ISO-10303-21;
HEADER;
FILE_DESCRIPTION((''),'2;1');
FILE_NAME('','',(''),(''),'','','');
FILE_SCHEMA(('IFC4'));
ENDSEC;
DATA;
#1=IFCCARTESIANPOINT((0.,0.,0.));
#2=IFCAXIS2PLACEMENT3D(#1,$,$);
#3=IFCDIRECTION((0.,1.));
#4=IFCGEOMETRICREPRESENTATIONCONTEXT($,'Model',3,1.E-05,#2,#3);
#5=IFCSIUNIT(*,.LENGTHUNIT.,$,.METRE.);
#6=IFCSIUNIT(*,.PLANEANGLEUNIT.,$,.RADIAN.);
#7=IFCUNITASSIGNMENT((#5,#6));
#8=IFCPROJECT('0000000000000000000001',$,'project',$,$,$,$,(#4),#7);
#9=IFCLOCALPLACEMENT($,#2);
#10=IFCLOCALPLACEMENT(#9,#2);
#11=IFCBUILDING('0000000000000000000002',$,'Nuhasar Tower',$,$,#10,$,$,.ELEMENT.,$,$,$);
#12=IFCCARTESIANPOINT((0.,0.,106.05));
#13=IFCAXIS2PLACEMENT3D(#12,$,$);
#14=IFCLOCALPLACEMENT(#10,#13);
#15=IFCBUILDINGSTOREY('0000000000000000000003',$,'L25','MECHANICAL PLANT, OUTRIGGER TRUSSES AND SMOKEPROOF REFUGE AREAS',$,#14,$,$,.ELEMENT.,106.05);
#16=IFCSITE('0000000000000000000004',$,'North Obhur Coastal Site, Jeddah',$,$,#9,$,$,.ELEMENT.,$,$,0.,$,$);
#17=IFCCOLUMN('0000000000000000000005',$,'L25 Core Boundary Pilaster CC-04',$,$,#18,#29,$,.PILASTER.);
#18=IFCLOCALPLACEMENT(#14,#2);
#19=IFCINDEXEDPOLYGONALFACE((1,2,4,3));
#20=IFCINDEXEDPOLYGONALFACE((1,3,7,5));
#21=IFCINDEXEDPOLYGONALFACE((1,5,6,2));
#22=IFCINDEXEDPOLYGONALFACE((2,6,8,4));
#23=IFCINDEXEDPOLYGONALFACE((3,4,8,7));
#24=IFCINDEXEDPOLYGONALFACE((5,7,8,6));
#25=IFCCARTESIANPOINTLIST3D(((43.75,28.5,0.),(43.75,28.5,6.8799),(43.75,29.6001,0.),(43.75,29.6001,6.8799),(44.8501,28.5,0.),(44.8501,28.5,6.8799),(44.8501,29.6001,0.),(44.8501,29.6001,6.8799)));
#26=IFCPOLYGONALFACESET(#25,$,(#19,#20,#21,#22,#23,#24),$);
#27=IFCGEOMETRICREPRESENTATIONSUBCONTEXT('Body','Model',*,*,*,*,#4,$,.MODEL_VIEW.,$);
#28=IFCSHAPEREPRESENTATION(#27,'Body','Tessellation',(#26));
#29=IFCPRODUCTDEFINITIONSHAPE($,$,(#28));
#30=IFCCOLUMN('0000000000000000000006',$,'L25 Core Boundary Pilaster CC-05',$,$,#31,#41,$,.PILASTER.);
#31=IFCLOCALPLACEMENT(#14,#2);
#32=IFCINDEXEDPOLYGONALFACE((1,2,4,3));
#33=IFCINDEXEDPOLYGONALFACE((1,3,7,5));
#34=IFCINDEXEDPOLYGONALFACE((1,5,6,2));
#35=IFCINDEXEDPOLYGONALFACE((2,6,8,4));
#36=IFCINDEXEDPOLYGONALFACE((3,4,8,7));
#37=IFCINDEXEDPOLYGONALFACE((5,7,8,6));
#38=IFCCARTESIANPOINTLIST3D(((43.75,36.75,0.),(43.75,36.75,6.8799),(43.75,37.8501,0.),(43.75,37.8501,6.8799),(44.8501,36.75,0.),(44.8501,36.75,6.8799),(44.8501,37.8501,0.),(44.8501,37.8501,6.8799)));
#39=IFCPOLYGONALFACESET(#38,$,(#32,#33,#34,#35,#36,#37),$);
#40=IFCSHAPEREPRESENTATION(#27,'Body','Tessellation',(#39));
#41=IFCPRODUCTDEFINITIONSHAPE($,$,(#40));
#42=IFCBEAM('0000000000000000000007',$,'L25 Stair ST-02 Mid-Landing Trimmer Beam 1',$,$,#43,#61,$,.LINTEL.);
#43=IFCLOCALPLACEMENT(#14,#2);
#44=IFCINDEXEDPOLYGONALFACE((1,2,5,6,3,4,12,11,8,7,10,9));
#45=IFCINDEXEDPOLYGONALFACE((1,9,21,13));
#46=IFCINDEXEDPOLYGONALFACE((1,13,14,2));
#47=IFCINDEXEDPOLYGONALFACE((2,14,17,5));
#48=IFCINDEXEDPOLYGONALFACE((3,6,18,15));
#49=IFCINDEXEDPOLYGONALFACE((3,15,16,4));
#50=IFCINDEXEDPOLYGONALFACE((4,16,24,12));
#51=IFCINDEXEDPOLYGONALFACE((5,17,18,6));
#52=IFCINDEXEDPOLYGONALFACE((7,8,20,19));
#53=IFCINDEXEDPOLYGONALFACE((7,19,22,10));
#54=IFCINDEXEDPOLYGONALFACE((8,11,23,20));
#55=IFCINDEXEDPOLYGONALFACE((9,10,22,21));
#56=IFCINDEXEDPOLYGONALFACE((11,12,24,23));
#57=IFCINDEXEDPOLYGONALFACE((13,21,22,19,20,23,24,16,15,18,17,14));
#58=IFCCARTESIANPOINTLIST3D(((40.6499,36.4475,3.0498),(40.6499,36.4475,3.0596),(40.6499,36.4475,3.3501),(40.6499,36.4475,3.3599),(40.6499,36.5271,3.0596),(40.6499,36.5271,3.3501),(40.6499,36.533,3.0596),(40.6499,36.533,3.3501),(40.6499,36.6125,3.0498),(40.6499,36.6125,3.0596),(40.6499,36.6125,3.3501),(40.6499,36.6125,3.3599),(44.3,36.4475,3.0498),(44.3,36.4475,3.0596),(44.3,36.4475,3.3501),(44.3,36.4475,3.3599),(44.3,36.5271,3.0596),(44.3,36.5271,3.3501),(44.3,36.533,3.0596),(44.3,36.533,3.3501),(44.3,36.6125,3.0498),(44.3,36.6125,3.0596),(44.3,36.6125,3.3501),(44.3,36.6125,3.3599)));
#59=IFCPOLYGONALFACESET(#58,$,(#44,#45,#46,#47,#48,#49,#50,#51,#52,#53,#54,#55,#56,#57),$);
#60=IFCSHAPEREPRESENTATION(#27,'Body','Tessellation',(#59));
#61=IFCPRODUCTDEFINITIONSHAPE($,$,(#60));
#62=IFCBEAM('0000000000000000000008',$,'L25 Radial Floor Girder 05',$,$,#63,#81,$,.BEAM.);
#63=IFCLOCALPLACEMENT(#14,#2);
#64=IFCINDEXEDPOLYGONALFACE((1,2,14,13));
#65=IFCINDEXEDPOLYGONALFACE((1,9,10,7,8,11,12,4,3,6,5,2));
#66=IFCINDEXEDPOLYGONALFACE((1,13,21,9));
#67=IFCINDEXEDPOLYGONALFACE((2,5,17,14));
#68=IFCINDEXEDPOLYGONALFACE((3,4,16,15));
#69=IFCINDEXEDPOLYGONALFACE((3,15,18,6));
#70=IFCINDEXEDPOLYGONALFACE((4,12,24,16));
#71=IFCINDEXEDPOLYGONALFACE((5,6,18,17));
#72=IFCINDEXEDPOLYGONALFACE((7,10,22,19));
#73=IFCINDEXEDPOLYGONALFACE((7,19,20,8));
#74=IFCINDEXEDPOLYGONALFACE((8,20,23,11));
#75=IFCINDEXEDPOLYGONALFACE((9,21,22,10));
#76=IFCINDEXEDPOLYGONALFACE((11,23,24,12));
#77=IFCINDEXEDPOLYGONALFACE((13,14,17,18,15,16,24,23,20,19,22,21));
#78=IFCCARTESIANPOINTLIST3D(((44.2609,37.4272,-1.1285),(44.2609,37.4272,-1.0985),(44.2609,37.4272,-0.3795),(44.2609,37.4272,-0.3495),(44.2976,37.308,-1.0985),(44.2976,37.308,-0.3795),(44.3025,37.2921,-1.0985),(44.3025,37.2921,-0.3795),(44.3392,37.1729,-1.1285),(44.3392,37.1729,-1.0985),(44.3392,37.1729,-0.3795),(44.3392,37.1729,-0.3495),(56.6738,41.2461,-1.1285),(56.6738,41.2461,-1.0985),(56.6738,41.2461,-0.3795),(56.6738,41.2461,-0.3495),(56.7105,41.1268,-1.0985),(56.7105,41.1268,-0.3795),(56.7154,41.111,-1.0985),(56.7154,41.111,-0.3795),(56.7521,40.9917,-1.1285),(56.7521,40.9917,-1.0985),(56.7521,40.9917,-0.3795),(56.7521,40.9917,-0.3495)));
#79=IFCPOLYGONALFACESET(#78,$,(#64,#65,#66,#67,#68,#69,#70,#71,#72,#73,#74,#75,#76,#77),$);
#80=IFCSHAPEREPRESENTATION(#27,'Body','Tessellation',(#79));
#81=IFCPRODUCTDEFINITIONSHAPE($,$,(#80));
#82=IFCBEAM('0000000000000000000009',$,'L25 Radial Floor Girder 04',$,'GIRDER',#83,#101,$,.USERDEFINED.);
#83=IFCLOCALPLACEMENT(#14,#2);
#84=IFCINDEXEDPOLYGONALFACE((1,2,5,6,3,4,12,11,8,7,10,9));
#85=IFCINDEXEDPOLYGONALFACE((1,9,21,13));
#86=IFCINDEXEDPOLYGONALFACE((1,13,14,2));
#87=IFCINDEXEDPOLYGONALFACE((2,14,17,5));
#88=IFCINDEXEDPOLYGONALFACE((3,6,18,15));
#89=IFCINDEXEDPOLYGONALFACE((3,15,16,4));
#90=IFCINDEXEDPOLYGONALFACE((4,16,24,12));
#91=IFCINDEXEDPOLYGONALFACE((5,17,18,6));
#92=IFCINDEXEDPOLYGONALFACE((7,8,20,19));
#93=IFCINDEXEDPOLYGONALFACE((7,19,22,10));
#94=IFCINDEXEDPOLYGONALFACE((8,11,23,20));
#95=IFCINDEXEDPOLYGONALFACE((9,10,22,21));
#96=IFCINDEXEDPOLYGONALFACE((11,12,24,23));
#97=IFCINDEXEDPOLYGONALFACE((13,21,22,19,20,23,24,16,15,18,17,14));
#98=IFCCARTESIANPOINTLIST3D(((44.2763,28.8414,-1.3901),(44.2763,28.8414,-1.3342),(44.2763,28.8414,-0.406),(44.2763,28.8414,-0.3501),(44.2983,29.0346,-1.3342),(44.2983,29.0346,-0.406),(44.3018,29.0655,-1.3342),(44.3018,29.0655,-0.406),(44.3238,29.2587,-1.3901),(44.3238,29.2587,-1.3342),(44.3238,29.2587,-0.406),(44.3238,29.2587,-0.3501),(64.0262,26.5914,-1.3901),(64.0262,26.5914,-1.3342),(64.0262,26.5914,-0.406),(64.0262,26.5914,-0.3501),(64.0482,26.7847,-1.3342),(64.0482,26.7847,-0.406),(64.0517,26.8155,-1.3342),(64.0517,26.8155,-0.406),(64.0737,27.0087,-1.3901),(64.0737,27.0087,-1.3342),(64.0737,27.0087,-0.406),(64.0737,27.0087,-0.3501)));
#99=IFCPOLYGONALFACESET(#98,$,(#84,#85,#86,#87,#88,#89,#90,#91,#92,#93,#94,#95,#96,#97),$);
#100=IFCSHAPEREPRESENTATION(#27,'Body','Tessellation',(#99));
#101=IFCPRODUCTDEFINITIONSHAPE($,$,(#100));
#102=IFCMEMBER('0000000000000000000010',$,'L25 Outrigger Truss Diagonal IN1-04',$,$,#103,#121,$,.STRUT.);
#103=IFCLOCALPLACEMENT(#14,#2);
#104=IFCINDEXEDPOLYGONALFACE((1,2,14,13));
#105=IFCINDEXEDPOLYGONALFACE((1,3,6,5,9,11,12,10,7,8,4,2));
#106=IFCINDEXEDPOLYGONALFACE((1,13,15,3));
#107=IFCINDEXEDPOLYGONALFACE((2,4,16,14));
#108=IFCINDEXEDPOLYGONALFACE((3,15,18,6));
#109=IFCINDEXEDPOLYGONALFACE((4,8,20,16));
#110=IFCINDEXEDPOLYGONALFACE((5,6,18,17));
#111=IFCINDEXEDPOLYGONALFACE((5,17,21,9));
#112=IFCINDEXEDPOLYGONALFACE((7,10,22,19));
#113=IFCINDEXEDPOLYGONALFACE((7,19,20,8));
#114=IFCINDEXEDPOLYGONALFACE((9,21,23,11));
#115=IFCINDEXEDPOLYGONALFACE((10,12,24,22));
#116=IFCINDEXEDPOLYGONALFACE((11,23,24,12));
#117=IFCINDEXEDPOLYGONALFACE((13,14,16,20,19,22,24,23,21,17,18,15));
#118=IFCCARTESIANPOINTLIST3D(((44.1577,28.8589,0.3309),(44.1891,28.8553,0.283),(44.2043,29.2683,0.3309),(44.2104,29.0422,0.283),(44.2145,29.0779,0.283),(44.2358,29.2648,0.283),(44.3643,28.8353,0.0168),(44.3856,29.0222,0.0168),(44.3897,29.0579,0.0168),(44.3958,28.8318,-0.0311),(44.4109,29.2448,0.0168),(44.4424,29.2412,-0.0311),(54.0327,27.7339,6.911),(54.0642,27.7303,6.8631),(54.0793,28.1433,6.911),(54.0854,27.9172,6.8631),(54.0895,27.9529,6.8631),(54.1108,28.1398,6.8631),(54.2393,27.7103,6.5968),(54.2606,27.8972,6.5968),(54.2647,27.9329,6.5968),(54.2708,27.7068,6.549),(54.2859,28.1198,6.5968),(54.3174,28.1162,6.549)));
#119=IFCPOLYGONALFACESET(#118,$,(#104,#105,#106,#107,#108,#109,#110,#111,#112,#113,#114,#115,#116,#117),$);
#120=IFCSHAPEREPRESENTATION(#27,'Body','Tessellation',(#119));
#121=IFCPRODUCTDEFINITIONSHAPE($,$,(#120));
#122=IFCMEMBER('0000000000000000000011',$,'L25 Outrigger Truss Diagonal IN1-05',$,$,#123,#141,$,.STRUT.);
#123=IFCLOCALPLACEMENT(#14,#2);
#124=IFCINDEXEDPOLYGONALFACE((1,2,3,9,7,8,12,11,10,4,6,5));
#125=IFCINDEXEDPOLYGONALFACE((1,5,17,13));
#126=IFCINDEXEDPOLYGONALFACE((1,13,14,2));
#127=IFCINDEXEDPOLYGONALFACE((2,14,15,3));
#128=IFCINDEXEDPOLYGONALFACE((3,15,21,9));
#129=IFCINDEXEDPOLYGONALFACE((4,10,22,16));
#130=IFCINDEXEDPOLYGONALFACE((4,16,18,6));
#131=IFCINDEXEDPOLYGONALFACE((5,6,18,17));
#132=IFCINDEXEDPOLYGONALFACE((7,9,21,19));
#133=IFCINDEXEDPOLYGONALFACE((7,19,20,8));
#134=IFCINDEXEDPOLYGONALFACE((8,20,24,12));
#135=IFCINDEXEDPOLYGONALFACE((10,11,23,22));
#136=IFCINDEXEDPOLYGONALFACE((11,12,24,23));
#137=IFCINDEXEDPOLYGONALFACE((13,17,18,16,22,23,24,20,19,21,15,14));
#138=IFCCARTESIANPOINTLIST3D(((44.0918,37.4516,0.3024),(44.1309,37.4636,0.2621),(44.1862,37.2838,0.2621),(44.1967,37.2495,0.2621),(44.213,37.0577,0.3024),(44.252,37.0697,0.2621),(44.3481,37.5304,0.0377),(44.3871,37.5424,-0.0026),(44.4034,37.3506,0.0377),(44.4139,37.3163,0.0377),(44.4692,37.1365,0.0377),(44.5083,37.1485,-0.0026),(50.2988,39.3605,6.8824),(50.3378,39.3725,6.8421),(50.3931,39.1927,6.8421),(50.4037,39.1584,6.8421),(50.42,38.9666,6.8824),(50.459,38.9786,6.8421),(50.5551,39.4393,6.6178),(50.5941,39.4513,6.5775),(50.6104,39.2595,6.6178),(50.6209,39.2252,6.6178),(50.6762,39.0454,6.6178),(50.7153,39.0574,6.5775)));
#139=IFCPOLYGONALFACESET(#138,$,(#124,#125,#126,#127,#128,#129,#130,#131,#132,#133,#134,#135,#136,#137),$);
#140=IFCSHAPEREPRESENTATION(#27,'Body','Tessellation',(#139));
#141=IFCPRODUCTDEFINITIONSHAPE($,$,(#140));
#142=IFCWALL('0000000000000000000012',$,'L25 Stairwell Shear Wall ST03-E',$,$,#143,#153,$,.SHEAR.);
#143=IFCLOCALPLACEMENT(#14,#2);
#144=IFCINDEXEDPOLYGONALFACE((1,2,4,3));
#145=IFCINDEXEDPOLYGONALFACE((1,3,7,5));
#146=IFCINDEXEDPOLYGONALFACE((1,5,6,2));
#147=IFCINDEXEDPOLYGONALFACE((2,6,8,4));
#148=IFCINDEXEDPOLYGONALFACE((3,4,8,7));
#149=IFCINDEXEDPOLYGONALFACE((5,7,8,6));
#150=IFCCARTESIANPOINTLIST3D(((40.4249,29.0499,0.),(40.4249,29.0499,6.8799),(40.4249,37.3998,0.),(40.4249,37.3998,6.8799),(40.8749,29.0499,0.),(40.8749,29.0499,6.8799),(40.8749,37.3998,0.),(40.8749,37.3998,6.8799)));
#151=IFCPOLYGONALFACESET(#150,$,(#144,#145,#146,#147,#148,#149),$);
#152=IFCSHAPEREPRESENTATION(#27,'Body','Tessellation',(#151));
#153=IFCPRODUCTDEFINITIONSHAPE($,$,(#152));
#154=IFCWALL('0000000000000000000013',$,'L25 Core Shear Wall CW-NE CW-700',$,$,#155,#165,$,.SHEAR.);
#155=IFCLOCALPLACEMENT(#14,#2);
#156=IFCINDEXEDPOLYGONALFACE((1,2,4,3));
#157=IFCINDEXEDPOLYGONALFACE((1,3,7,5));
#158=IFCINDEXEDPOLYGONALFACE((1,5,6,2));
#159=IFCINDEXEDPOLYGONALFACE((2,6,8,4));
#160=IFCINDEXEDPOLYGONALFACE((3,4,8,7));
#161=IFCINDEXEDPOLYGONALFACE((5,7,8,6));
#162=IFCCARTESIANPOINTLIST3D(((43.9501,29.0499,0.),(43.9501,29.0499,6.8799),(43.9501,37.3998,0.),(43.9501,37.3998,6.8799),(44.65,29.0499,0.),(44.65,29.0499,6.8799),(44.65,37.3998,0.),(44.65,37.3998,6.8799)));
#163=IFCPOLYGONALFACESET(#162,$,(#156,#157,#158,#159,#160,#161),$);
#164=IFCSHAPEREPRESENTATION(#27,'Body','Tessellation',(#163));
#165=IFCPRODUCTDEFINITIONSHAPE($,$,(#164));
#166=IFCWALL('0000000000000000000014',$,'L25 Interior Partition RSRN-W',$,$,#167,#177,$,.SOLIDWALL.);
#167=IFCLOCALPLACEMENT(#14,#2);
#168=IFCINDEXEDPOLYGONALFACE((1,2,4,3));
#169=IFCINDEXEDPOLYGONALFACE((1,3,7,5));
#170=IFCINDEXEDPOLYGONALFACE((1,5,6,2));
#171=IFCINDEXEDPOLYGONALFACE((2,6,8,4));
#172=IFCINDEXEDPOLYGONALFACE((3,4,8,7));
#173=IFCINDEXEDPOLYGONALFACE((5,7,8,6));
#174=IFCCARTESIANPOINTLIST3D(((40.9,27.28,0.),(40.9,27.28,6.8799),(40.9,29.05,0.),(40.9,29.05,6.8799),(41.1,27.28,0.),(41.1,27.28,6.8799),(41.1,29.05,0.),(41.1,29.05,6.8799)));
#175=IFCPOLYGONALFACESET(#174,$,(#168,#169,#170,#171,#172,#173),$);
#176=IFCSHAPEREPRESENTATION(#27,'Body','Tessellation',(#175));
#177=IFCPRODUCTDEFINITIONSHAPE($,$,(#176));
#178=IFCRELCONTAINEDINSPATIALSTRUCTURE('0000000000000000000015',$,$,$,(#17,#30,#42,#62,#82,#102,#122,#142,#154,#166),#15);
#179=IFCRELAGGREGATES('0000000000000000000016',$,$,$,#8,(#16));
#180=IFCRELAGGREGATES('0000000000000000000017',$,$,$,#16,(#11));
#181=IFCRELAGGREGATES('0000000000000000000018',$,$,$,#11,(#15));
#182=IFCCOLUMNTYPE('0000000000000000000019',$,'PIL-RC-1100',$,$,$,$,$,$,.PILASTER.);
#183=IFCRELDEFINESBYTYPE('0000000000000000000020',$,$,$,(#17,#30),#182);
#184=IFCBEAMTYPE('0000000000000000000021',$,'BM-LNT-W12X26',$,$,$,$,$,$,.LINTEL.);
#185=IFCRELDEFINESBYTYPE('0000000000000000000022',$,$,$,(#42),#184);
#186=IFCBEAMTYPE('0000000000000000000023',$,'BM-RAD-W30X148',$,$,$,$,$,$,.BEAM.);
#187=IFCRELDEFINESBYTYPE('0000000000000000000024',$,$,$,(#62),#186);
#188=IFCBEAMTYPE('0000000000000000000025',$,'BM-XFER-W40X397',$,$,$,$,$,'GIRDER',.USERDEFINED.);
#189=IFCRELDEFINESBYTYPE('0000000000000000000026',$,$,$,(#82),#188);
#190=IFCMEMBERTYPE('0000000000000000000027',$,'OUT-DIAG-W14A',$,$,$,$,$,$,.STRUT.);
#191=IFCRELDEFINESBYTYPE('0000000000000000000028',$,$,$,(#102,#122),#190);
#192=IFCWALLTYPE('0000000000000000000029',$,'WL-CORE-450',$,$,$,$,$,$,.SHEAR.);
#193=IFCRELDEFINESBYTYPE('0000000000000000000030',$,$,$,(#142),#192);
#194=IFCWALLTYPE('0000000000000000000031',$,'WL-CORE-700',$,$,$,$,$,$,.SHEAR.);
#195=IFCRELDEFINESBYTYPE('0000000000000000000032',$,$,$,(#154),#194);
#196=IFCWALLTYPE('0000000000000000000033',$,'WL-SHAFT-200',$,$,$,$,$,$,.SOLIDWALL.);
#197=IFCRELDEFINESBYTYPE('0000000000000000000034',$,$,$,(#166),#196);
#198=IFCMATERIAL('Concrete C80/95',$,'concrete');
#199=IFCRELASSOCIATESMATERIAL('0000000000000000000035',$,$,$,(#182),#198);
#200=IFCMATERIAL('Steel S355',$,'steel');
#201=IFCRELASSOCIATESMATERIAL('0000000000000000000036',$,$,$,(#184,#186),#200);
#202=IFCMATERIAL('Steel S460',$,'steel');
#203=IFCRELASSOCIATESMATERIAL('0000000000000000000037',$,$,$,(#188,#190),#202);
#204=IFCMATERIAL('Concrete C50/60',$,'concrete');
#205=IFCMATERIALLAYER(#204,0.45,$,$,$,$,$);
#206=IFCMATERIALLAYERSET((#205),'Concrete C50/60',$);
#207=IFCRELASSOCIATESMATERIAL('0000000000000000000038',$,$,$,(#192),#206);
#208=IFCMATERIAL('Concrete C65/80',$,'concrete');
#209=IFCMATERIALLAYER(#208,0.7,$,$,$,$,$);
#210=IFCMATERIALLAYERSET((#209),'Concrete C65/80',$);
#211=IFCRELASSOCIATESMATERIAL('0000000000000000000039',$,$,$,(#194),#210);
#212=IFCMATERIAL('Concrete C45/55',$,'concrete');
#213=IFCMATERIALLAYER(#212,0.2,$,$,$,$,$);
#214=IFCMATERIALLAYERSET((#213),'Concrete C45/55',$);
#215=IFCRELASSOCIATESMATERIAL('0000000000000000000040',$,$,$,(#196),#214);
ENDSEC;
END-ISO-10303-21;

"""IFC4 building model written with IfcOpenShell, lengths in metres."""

from ifc_helpers import new_model, si_unit, direction, frame, frame_2d, origin, origin_2d, place, context, subcontext, project, spatial, rectangle, i_section, extrude, material, layer, layer_set, material_profile, profile_set, type_object, element, save


model = new_model("IFC4")

# Units and contexts
model_context = context("Model", 3, precision=1e-05, world=origin(), true_north=direction((0.0, 1.0)))
body_context = subcontext(model_context, "Body", "Model", "MODEL_VIEW")
ifc_project = project(units=[si_unit("LENGTHUNIT", "METRE"), si_unit("PLANEANGLEUNIT", "RADIAN")], contexts=[model_context])

# Site, building, storey
site_placement = place(None, origin())
site = spatial("IfcSite", under=ifc_project, at=site_placement, Name="North Obhur Coastal Site, Jeddah", CompositionType="ELEMENT", RefElevation=0.0)
building_placement = place(site_placement, origin())
building = spatial("IfcBuilding", under=site, at=building_placement, Name="Nuhasar Tower", CompositionType="ELEMENT")
storey_placement = place(building_placement, frame((0.0, 0.0, 106.05)))
storey = spatial("IfcBuildingStorey", under=building, at=storey_placement, Name="L25", Description="MECHANICAL PLANT, OUTRIGGER TRUSSES AND SMOKEPROOF REFUGE AREAS", CompositionType="ELEMENT", Elevation=106.05)

# Columns
ifc_material_1 = material(Name="Concrete C80/95", Category="concrete")
ifc_material_profile_1 = material_profile(ifc_material_1, rectangle(XDim=1.1001, YDim=1.1001, at=origin_2d()), Name="RC1100X1100")
ifc_profile_set_1 = profile_set([ifc_material_profile_1], Name="Concrete C80/95")
column_type = type_object("IfcColumnType", Name="PIL-RC-1100", PredefinedType="PILASTER", material=ifc_profile_set_1)
for number, where, z_axis, x_axis, name in (
    (1, (44.3, 29.05, 0.0), (0.0, 0.0, 1.0), (1.0, 0.0, 0.0), "L25 Core Boundary Pilaster CC-04"),
    (2, (44.3, 37.3, 0.0), (0.0, 0.0, 1.0), (1.0, 0.0, 0.0), "L25 Core Boundary Pilaster CC-05"),
):
    element("IfcColumn", number, at=place(storey_placement, frame(where, z_axis=z_axis, x_axis=x_axis)), inside=storey, type_object=column_type, Name=name, PredefinedType="PILASTER", context=body_context, shape_type="SweptSolid", body=[
        extrude(rectangle(XDim=1.1001, YDim=1.1001, at=origin_2d()), origin(), (0.0, 0.0, 1.0), 6.8799),
    ])

# Beams
ifc_material_2 = material(Name="Steel S355", Category="steel")
ifc_material_profile_2 = material_profile(ifc_material_2, i_section(OverallWidth=0.165, OverallDepth=0.3101, WebThickness=0.0059, FlangeThickness=0.0098, at=origin_2d()), Name="W12X26")
ifc_profile_set_2 = profile_set([ifc_material_profile_2], Name="Steel S355")
beam_type_1 = type_object("IfcBeamType", Name="BM-LNT-W12X26", PredefinedType="LINTEL", material=ifc_profile_set_2)
beam_1_placement = place(storey_placement, frame((40.6499, 36.53, 3.2048), z_axis=(1.0, 0.0, 0.0), x_axis=(0.0, 1.0, 0.0)))
element("IfcBeam", 3, at=beam_1_placement, inside=storey, type_object=beam_type_1, Name="L25 Stair ST-02 Mid-Landing Trimmer Beam 1", PredefinedType="LINTEL", context=body_context, shape_type="SweptSolid", body=[
    extrude(i_section(OverallWidth=0.165, OverallDepth=0.3101, WebThickness=0.0059, FlangeThickness=0.0098, at=origin_2d()), origin(), (0.0, 0.0, 1.0), 3.6501),
])
ifc_material_profile_3 = material_profile(ifc_material_2, i_section(OverallWidth=0.2661, OverallDepth=0.7791, WebThickness=0.0166, FlangeThickness=0.03, at=origin_2d()), Name="W30X148")
ifc_profile_set_3 = profile_set([ifc_material_profile_3], Name="Steel S355")
beam_type_2 = type_object("IfcBeamType", Name="BM-RAD-W30X148", PredefinedType="BEAM", material=ifc_profile_set_3)
beam_2_placement = place(storey_placement, frame((44.3, 37.3, -0.739), z_axis=(0.95579, 0.294052, 0.0), x_axis=(-0.294052, 0.95579, 0.0)))
element("IfcBeam", 4, at=beam_2_placement, inside=storey, type_object=beam_type_2, Name="L25 Radial Floor Girder 05", PredefinedType="BEAM", context=body_context, shape_type="SweptSolid", body=[
    extrude(i_section(OverallWidth=0.2661, OverallDepth=0.7791, WebThickness=0.0166, FlangeThickness=0.03, at=origin_2d()), origin(), (0.0, 0.0, 1.0), 12.9871),
])
ifc_material_3 = material(Name="Steel S460", Category="steel")
ifc_material_profile_4 = material_profile(ifc_material_3, i_section(OverallWidth=0.4199, OverallDepth=1.04, WebThickness=0.031, FlangeThickness=0.0559, at=origin_2d()), Name="W40X397")
ifc_profile_set_4 = profile_set([ifc_material_profile_4], Name="Steel S460")
beam_type_3 = type_object("IfcBeamType", Name="BM-XFER-W40X397", ElementType="GIRDER", PredefinedType="USERDEFINED", material=ifc_profile_set_4)
beam_3_placement = place(storey_placement, frame((44.3, 29.05, -0.8701), z_axis=(0.993573, -0.113192, 0.0), x_axis=(0.113192, 0.993573, 0.0)))
element("IfcBeam", 5, at=beam_3_placement, inside=storey, type_object=beam_type_3, Name="L25 Radial Floor Girder 04", ObjectType="GIRDER", PredefinedType="USERDEFINED", context=body_context, shape_type="SweptSolid", body=[
    extrude(i_section(OverallWidth=0.4199, OverallDepth=1.04, WebThickness=0.031, FlangeThickness=0.0559, at=origin_2d()), origin(), (0.0, 0.0, 1.0), 19.8777),
])

# Members
ifc_material_profile_5 = material_profile(ifc_material_3, i_section(OverallWidth=0.4121, OverallDepth=0.4341, WebThickness=0.0359, FlangeThickness=0.0574, at=origin_2d()), Name="W14X311")
ifc_profile_set_5 = profile_set([ifc_material_profile_5], Name="Steel S460")
member_type = type_object("IfcMemberType", Name="OUT-DIAG-W14A", PredefinedType="STRUT", material=ifc_profile_set_5)
member_1_placement = place(storey_placement, frame((44.3, 29.05, 0.1499), z_axis=(0.828462, -0.094382, 0.552035), x_axis=(0.113192, 0.993573, 0.0)))
element("IfcMember", 6, at=member_1_placement, inside=storey, type_object=member_type, Name="L25 Outrigger Truss Diagonal IN1-04", PredefinedType="STRUT", context=body_context, shape_type="SweptSolid", body=[
    extrude(i_section(OverallWidth=0.4121, OverallDepth=0.4341, WebThickness=0.0359, FlangeThickness=0.0574, at=origin_2d()), origin(), (0.0, 0.0, 1.0), 11.9197),
])
member_2_placement = place(storey_placement, frame((44.3, 37.3, 0.1499), z_axis=(0.671399, 0.206485, 0.71175), x_axis=(-0.293956, 0.955819, 0.0)))
element("IfcMember", 7, at=member_2_placement, inside=storey, type_object=member_type, Name="L25 Outrigger Truss Diagonal IN1-05", PredefinedType="STRUT", context=body_context, shape_type="SweptSolid", body=[
    extrude(i_section(OverallWidth=0.4121, OverallDepth=0.4341, WebThickness=0.0359, FlangeThickness=0.0574, at=origin_2d()), origin(), (0.0, 0.0, 1.0), 9.2449),
])

# Shared definitions
ifc_material_4 = material(Name="Concrete C50/60", Category="concrete")
ifc_layer_1 = layer(ifc_material_4, 0.45)
ifc_layer_set_1 = layer_set([ifc_layer_1], Name="Concrete C50/60")
wall_type_1 = type_object("IfcWallType", Name="WL-CORE-450", PredefinedType="SHEAR", material=ifc_layer_set_1)

# Walls
wall_1_placement = place(storey_placement, frame((40.6499, 29.05, 0.0), z_axis=(0.0, 0.0, 1.0), x_axis=(0.0, 1.0, 0.0)))
element("IfcWall", 8, at=wall_1_placement, inside=storey, type_object=wall_type_1, Name="L25 Stairwell Shear Wall ST03-E", PredefinedType="SHEAR", context=body_context, shape_type="SweptSolid", body=[
    extrude(rectangle(XDim=8.3499, YDim=0.45, at=frame_2d((4.1748, 0.0))), origin(), (0.0, 0.0, 1.0), 6.8799),
])
ifc_material_5 = material(Name="Concrete C65/80", Category="concrete")
ifc_layer_2 = layer(ifc_material_5, 0.7)
ifc_layer_set_2 = layer_set([ifc_layer_2], Name="Concrete C65/80")
wall_type_2 = type_object("IfcWallType", Name="WL-CORE-700", PredefinedType="SHEAR", material=ifc_layer_set_2)
wall_2_placement = place(storey_placement, frame((44.3, 29.05, 0.0), z_axis=(0.0, 0.0, 1.0), x_axis=(0.0, 1.0, 0.0)))
element("IfcWall", 9, at=wall_2_placement, inside=storey, type_object=wall_type_2, Name="L25 Core Shear Wall CW-NE CW-700", PredefinedType="SHEAR", context=body_context, shape_type="SweptSolid", body=[
    extrude(rectangle(XDim=8.3499, YDim=0.7, at=frame_2d((4.1748, 0.0))), origin(), (0.0, 0.0, 1.0), 6.8799),
])
ifc_material_6 = material(Name="Concrete C45/55", Category="concrete")
ifc_layer_3 = layer(ifc_material_6, 0.2)
ifc_layer_set_3 = layer_set([ifc_layer_3], Name="Concrete C45/55")
wall_type_3 = type_object("IfcWallType", Name="WL-SHAFT-200", PredefinedType="SOLIDWALL", material=ifc_layer_set_3)
for number, where, z_axis, x_axis, name in (
    (10, (41.0, 27.28, 0.0), (0.0, 0.0, 1.0), (0.0, 1.0, 0.0), "L25 Interior Partition RSRN-W"),
):
    element("IfcWall", number, at=place(storey_placement, frame(where, z_axis=z_axis, x_axis=x_axis)), inside=storey, type_object=wall_type_3, Name=name, PredefinedType="SOLIDWALL", context=body_context, shape_type="SweptSolid", body=[
        extrude(rectangle(XDim=1.77, YDim=0.2, at=frame_2d((0.885, 0.0))), origin(), (0.0, 0.0, 1.0), 6.8799),
    ])

save(model, "model.ifc")
